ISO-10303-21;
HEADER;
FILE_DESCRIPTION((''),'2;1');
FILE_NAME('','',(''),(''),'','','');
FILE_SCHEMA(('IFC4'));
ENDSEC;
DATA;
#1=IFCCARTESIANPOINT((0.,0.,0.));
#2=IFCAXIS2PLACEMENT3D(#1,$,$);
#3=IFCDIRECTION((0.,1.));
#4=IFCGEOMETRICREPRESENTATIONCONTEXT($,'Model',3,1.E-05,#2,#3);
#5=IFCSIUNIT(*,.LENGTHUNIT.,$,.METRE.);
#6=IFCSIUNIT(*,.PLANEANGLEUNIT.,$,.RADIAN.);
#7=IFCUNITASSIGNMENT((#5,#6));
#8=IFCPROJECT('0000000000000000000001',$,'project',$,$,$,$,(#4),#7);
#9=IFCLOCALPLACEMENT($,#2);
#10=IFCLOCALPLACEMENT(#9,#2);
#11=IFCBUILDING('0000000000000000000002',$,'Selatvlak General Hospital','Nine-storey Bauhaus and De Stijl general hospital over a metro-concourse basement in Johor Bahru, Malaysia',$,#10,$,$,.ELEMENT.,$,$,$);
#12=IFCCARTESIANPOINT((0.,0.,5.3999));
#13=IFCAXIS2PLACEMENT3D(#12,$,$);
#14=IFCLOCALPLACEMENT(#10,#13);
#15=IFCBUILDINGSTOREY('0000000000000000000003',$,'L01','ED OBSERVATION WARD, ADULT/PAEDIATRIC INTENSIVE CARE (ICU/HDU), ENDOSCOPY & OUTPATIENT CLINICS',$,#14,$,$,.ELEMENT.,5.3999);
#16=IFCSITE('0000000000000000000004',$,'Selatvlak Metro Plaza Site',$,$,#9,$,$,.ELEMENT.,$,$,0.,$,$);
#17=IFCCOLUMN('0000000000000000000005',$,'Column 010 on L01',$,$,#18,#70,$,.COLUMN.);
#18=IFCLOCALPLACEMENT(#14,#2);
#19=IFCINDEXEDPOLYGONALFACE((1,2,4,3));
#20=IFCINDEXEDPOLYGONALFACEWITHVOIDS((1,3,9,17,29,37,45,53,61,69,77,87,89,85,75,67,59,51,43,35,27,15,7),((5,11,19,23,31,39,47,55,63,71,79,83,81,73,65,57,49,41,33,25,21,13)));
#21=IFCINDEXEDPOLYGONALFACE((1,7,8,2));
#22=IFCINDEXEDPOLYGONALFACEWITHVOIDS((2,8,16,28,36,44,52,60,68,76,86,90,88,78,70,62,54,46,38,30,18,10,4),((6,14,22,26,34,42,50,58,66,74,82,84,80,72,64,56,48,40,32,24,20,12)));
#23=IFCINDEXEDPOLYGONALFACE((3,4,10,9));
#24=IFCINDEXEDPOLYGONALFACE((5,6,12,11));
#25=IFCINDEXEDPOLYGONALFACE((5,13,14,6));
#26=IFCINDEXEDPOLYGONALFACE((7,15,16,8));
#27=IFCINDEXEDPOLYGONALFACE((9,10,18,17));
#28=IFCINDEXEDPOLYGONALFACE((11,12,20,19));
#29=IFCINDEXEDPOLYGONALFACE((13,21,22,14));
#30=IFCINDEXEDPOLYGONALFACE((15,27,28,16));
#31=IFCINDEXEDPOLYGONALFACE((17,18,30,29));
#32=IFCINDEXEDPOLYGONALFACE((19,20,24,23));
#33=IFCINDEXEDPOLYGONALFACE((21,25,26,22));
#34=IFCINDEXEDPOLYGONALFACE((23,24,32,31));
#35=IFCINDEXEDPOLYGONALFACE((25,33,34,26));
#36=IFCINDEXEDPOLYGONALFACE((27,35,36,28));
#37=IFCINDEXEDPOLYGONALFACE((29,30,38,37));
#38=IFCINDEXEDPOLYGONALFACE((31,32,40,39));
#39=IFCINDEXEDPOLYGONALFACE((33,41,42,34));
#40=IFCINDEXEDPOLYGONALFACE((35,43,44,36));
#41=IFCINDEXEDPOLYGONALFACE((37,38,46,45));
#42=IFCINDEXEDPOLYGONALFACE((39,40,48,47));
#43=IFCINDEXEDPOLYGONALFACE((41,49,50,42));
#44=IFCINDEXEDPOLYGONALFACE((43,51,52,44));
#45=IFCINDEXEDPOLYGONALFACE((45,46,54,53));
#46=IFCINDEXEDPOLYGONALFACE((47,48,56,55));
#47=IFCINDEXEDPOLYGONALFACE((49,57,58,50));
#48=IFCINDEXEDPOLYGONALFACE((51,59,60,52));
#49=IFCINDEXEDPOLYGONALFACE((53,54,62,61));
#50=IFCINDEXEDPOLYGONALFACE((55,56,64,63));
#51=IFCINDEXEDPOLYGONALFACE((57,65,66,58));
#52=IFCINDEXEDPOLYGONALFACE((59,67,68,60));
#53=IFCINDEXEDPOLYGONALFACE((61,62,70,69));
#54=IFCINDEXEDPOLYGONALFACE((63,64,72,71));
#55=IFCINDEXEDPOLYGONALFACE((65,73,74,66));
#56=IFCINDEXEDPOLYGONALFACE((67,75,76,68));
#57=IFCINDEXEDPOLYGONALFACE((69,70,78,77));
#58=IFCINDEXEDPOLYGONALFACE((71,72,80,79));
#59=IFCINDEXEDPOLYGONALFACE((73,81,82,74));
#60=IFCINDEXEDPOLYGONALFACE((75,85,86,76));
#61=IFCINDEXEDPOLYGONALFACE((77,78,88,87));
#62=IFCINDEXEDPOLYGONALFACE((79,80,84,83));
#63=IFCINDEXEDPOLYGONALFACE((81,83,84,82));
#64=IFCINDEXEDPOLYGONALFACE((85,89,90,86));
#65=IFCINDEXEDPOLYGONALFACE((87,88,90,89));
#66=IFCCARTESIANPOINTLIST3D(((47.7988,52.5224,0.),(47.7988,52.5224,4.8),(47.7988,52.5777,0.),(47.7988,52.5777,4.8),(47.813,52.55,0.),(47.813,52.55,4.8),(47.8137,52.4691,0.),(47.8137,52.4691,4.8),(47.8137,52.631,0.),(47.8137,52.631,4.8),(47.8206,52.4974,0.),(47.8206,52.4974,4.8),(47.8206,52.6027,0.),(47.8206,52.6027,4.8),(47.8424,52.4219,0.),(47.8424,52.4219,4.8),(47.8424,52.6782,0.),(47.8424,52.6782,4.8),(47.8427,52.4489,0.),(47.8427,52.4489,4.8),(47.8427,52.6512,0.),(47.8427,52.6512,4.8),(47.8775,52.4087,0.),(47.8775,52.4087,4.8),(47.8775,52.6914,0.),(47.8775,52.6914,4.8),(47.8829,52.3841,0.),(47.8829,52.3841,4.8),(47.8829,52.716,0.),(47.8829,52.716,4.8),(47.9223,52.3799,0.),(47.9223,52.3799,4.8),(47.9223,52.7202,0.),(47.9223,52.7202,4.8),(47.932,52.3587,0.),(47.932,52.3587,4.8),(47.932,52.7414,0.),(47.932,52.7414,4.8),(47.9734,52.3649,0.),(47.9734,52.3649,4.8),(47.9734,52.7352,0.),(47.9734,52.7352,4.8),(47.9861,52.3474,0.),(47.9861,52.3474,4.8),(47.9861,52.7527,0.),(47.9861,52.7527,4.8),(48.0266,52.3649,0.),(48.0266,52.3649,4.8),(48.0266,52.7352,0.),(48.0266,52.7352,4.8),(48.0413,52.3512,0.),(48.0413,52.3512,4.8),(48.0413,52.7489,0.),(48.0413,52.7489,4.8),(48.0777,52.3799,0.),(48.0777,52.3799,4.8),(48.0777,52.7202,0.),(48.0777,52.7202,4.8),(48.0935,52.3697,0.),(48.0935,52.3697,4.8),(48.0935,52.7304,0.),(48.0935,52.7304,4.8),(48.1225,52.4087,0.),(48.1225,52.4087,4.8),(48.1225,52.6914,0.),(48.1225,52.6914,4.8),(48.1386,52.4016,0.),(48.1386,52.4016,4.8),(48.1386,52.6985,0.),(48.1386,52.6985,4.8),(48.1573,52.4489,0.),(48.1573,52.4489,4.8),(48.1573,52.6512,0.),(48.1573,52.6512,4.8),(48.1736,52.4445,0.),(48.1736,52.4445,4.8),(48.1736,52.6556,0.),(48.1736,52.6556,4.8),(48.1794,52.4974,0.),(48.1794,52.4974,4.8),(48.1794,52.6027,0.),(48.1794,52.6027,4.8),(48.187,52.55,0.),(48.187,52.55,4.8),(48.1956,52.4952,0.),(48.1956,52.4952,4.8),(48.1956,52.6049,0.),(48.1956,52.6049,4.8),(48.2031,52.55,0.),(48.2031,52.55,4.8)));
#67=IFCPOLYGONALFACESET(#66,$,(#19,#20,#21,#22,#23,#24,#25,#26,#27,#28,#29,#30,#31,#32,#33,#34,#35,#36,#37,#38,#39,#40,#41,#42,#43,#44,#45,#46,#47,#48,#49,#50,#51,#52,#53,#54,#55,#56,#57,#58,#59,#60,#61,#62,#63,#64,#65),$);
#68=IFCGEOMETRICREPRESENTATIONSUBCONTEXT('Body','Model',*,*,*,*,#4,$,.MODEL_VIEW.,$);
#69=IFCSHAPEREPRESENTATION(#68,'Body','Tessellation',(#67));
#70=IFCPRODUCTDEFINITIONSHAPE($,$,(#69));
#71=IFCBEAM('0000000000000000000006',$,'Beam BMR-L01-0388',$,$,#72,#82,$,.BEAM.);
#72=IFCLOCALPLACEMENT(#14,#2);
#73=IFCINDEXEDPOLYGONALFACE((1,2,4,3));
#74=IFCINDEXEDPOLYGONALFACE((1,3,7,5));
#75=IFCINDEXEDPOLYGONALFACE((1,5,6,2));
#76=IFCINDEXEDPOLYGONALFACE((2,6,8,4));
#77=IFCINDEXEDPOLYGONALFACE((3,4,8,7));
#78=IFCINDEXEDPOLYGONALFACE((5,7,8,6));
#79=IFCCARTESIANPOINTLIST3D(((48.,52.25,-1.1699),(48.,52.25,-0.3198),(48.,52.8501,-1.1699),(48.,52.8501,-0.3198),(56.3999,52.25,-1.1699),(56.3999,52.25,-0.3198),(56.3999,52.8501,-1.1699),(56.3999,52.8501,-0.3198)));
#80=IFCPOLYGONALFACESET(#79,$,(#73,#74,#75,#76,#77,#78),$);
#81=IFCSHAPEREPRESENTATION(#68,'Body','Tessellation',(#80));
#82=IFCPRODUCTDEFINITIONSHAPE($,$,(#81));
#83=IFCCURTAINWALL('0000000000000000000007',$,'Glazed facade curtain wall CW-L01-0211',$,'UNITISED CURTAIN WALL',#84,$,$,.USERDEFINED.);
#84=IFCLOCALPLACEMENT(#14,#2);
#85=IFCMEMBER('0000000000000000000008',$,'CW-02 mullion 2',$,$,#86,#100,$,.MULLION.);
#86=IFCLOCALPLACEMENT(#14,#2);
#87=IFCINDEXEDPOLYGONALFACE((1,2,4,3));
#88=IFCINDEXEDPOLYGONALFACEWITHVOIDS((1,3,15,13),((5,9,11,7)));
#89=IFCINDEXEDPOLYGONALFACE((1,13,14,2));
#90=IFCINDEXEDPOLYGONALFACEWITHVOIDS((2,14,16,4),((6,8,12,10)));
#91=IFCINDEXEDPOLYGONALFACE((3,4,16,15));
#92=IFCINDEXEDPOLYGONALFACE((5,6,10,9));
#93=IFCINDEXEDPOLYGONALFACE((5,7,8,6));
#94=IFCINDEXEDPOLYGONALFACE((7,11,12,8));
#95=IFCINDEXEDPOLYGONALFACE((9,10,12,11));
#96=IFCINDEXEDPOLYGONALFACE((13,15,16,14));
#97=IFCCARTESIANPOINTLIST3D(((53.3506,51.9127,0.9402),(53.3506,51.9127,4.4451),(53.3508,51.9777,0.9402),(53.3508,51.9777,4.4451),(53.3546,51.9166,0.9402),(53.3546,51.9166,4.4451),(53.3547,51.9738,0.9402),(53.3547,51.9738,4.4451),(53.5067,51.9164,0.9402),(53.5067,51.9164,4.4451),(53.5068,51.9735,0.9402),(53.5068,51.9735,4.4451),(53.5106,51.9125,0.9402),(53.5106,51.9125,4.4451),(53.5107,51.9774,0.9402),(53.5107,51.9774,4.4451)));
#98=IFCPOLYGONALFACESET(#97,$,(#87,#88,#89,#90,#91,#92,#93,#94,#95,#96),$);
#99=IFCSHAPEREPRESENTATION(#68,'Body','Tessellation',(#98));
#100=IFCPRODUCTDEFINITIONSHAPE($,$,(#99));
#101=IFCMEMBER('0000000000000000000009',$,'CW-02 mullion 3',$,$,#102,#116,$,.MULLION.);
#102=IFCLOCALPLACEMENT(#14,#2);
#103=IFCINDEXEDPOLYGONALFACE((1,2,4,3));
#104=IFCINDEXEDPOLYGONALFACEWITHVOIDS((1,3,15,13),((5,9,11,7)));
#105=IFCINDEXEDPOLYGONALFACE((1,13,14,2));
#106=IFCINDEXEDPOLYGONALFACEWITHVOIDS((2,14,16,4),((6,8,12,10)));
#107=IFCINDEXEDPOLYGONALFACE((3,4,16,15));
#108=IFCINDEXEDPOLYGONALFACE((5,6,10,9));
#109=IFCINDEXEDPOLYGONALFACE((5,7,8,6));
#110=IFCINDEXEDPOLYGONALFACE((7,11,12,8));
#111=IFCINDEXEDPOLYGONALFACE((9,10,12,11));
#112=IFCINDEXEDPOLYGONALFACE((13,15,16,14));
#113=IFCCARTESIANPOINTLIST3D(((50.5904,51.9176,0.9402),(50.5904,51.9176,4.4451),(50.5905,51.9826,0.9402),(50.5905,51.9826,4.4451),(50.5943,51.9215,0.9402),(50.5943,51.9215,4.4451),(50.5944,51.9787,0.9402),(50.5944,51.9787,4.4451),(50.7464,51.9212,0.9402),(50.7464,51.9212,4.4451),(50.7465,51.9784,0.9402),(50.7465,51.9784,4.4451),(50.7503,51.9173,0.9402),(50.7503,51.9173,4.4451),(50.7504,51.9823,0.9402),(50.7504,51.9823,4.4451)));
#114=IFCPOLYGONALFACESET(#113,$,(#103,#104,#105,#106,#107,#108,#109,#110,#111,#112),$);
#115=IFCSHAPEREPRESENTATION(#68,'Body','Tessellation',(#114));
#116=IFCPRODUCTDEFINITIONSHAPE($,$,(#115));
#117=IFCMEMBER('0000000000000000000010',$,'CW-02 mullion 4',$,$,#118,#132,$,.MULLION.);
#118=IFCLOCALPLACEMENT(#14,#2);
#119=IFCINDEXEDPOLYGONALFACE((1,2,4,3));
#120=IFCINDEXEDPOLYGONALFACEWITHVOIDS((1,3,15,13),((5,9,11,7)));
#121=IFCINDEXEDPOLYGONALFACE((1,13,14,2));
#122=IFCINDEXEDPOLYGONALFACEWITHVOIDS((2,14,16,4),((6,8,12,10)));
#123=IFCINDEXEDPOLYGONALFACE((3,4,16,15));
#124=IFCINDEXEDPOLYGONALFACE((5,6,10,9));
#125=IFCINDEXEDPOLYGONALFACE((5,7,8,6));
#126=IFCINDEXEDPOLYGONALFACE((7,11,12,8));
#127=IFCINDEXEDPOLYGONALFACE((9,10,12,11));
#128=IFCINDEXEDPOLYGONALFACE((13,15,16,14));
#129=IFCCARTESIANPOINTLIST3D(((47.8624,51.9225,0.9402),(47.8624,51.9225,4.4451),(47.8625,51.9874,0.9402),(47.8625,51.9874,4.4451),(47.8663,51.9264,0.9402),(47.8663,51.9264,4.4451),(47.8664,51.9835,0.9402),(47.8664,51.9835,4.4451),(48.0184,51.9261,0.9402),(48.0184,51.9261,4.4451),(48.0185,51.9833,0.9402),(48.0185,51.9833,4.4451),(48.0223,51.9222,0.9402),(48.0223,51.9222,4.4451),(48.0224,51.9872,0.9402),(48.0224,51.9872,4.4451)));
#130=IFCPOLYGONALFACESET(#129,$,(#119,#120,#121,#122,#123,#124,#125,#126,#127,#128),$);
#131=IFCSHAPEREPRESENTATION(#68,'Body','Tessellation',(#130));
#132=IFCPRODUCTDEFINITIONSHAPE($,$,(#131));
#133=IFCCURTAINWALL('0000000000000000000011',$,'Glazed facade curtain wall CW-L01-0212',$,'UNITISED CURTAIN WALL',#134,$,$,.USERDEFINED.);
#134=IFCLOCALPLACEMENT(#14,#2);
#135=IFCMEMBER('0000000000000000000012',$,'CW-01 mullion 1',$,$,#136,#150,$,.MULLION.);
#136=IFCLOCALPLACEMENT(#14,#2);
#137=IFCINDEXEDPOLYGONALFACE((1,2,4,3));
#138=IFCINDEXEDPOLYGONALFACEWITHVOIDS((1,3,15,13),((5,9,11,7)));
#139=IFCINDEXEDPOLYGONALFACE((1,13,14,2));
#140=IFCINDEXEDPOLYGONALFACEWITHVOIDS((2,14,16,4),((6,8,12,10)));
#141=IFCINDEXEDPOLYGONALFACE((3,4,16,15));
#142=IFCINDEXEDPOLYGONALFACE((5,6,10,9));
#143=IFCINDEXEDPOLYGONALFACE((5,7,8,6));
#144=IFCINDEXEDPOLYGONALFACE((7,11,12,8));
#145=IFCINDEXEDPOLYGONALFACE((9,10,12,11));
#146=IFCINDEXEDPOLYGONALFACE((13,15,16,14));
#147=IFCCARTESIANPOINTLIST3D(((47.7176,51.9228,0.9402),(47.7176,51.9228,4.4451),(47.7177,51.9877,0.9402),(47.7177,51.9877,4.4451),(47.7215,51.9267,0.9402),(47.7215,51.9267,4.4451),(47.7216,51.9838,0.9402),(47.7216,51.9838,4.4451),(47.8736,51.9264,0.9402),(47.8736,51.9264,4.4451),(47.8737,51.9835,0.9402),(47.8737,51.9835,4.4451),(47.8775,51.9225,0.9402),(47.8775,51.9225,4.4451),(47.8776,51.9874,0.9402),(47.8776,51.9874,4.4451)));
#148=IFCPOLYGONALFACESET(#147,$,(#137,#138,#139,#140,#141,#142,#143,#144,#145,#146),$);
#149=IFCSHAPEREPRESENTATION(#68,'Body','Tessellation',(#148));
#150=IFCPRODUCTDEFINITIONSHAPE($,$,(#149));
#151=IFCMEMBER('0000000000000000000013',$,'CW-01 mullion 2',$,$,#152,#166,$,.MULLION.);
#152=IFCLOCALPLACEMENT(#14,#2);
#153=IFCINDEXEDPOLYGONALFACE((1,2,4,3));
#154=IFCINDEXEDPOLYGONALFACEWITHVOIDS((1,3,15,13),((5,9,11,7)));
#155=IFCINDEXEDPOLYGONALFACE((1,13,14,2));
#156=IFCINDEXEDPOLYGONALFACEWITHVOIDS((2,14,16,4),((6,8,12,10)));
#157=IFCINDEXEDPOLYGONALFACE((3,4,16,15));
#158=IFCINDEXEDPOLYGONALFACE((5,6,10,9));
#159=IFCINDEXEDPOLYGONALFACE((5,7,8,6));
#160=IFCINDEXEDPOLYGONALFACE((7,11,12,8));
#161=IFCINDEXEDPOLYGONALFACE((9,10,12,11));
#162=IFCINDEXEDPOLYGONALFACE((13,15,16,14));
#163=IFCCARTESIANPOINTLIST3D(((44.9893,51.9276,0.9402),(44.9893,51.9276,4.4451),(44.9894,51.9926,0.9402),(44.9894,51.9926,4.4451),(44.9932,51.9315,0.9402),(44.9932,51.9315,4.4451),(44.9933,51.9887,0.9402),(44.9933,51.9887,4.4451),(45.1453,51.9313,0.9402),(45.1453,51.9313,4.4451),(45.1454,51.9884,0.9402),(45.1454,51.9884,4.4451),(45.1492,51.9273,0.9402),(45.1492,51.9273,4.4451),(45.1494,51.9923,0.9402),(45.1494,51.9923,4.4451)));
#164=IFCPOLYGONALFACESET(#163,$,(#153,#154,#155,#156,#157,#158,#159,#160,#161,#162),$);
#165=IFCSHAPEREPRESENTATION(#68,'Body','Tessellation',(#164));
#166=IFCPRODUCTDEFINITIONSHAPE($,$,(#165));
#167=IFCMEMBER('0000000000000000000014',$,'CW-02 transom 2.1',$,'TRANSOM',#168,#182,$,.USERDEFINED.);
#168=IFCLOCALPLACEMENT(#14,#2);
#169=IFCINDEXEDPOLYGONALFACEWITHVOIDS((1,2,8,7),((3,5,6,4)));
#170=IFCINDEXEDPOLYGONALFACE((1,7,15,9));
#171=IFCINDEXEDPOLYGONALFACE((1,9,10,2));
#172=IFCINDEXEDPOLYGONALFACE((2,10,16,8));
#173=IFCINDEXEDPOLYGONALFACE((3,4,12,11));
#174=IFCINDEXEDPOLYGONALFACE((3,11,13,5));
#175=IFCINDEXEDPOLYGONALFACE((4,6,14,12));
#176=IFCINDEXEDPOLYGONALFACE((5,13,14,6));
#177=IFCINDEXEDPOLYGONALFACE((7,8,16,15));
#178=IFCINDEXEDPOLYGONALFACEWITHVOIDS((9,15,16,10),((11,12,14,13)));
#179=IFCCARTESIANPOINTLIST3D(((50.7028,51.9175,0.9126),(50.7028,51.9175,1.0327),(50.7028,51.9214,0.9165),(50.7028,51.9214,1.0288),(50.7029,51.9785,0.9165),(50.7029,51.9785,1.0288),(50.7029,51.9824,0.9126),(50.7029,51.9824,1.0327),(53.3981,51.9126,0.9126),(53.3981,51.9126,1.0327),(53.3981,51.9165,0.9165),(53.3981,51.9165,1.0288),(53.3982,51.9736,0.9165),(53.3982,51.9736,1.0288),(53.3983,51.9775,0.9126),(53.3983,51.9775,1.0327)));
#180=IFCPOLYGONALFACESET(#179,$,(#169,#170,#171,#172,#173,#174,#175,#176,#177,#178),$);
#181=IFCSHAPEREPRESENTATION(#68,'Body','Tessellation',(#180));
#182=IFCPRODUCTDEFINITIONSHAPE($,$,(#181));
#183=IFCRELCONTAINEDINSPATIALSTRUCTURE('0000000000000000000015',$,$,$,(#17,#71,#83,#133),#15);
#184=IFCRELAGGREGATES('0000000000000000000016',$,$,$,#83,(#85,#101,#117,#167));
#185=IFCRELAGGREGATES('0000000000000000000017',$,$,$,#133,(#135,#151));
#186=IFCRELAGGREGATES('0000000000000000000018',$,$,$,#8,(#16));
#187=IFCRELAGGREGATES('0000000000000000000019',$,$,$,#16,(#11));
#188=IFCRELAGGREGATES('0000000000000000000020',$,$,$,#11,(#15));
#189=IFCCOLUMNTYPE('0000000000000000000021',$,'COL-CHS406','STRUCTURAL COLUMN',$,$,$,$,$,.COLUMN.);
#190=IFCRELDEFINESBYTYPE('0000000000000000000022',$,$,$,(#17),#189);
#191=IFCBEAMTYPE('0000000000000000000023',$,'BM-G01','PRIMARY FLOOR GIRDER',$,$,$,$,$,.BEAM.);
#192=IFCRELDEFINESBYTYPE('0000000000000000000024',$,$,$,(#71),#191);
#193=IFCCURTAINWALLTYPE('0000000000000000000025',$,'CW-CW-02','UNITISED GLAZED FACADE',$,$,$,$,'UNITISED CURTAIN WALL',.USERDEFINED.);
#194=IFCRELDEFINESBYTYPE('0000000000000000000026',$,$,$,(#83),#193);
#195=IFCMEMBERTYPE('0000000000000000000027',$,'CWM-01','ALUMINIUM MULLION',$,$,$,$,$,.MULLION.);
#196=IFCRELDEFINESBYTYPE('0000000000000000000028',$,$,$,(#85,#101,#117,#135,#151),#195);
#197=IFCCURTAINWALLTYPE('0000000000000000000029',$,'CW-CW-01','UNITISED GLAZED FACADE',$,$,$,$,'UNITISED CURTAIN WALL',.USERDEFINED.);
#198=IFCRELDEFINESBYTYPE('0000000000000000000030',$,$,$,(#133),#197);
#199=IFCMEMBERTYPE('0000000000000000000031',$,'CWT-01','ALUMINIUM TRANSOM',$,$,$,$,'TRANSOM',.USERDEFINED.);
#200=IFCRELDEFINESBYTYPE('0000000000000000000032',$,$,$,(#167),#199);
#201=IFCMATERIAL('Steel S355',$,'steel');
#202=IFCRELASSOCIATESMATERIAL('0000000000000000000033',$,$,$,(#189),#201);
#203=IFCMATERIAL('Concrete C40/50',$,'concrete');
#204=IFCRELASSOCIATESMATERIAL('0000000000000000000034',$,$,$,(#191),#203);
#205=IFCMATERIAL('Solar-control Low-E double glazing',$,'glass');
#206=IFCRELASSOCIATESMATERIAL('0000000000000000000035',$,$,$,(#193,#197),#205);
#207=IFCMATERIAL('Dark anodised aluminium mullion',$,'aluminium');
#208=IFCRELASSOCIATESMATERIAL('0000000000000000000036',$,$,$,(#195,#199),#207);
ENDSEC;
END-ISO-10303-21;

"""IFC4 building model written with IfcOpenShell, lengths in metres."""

from ifc_helpers import new_model, si_unit, direction, frame, origin, origin_2d, place, context, subcontext, project, spatial, rectangle, hollow_rectangle, hollow_circle, extrude, material, material_profile, profile_set, type_object, element, aggregate, save


model = new_model("IFC4")

# Units and contexts
model_context = context("Model", 3, precision=1e-05, world=origin(), true_north=direction((0.0, 1.0)))
body_context = subcontext(model_context, "Body", "Model", "MODEL_VIEW")
ifc_project = project(units=[si_unit("LENGTHUNIT", "METRE"), si_unit("PLANEANGLEUNIT", "RADIAN")], contexts=[model_context])

# Site, building, storey
site_placement = place(None, origin())
site = spatial("IfcSite", under=ifc_project, at=site_placement, Name="Selatvlak Metro Plaza Site", CompositionType="ELEMENT", RefElevation=0.0)
building_placement = place(site_placement, origin())
building = spatial("IfcBuilding", under=site, at=building_placement, Name="Selatvlak General Hospital", Description="Nine-storey Bauhaus and De Stijl general hospital over a metro-concourse basement in Johor Bahru, Malaysia", CompositionType="ELEMENT")
storey_placement = place(building_placement, frame((0.0, 0.0, 5.3999)))
storey = spatial("IfcBuildingStorey", under=building, at=storey_placement, Name="L01", Description="ED OBSERVATION WARD, ADULT/PAEDIATRIC INTENSIVE CARE (ICU/HDU), ENDOSCOPY & OUTPATIENT CLINICS", CompositionType="ELEMENT", Elevation=5.3999)

# Column
ifc_material_1 = material(Name="Steel S355", Category="steel")
ifc_material_profile_1 = material_profile(ifc_material_1, hollow_circle(Radius=0.2031, WallThickness=0.0161, at=origin_2d()), Name="CHS 406.4x16")
ifc_profile_set_1 = profile_set([ifc_material_profile_1], Name="Steel S355")
column_type = type_object("IfcColumnType", Name="COL-CHS406", Description="STRUCTURAL COLUMN", PredefinedType="COLUMN", material=ifc_profile_set_1)
column_placement = place(storey_placement, frame((48.0, 52.55, 0.0), z_axis=(0.0, 0.0, 1.0), x_axis=(1.0, 0.0, 0.0)))
element("IfcColumn", 1, at=column_placement, inside=storey, type_object=column_type, Name="Column 010 on L01", PredefinedType="COLUMN", context=body_context, shape_type="SweptSolid", body=[
    extrude(hollow_circle(Radius=0.2031, WallThickness=0.0161, at=origin_2d()), origin(), (0.0, 0.0, 1.0), 4.8),
])

# Beam
ifc_material_2 = material(Name="Concrete C40/50", Category="concrete")
ifc_material_profile_2 = material_profile(ifc_material_2, rectangle(XDim=0.6001, YDim=0.8501, at=origin_2d()), Name="RC-BM 600x850")
ifc_profile_set_2 = profile_set([ifc_material_profile_2], Name="Concrete C40/50")
beam_type = type_object("IfcBeamType", Name="BM-G01", Description="PRIMARY FLOOR GIRDER", PredefinedType="BEAM", material=ifc_profile_set_2)
beam_placement = place(storey_placement, frame((48.0, 52.55, -0.7449), z_axis=(1.0, 0.0, 0.0), x_axis=(0.0, 1.0, 0.0)))
element("IfcBeam", 2, at=beam_placement, inside=storey, type_object=beam_type, Name="Beam BMR-L01-0388", PredefinedType="BEAM", context=body_context, shape_type="SweptSolid", body=[
    extrude(rectangle(XDim=0.6001, YDim=0.8501, at=origin_2d()), origin(), (0.0, 0.0, 1.0), 8.3999),
])

# Curtain walls, members
ifc_material_3 = material(Name="Solar-control Low-E double glazing", Category="glass")
curtain_wall_type_1 = type_object("IfcCurtainWallType", Name="CW-CW-02", Description="UNITISED GLAZED FACADE", ElementType="UNITISED CURTAIN WALL", PredefinedType="USERDEFINED", material=ifc_material_3)
curtain_wall_1_placement = place(storey_placement, origin())
curtain_wall_1 = element("IfcCurtainWall", 3, at=curtain_wall_1_placement, inside=storey, type_object=curtain_wall_type_1, Name="Glazed facade curtain wall CW-L01-0211", ObjectType="UNITISED CURTAIN WALL", PredefinedType="USERDEFINED")
ifc_material_4 = material(Name="Dark anodised aluminium mullion", Category="aluminium")
ifc_material_profile_3 = material_profile(ifc_material_4, hollow_rectangle(XDim=0.0649, YDim=0.1599, WallThickness=0.0039, at=origin_2d()), Name="AL-MUL 65x160x4")
ifc_profile_set_3 = profile_set([ifc_material_profile_3], Name="Dark anodised aluminium mullion")
member_type_1 = type_object("IfcMemberType", Name="CWM-01", Description="ALUMINIUM MULLION", PredefinedType="MULLION", material=ifc_profile_set_3)
member_1_placement = place(storey_placement, frame((53.4307, 51.9451, 0.9402), z_axis=(0.0, 0.0, 1.0), x_axis=(-0.001811, -0.999998, 0.0)))
member_1 = element("IfcMember", 4, at=member_1_placement, type_object=member_type_1, Name="CW-02 mullion 2", PredefinedType="MULLION", context=body_context, shape_type="SweptSolid", body=[
    extrude(hollow_rectangle(XDim=0.0649, YDim=0.1599, WallThickness=0.0039, at=origin_2d()), origin(), (0.0, 0.0, 1.0), 3.5049),
])
member_2_placement = place(storey_placement, frame((50.6704, 51.95, 0.9402), z_axis=(0.0, 0.0, 1.0), x_axis=(-0.001811, -0.999998, 0.0)))
member_2 = element("IfcMember", 5, at=member_2_placement, type_object=member_type_1, Name="CW-02 mullion 3", PredefinedType="MULLION", context=body_context, shape_type="SweptSolid", body=[
    extrude(hollow_rectangle(XDim=0.0649, YDim=0.1599, WallThickness=0.0039, at=origin_2d()), origin(), (0.0, 0.0, 1.0), 3.5049),
])
member_3_placement = place(storey_placement, frame((47.9424, 51.9548, 0.9402), z_axis=(0.0, 0.0, 1.0), x_axis=(-0.001811, -0.999998, 0.0)))
member_3 = element("IfcMember", 6, at=member_3_placement, type_object=member_type_1, Name="CW-02 mullion 4", PredefinedType="MULLION", context=body_context, shape_type="SweptSolid", body=[
    extrude(hollow_rectangle(XDim=0.0649, YDim=0.1599, WallThickness=0.0039, at=origin_2d()), origin(), (0.0, 0.0, 1.0), 3.5049),
])
curtain_wall_type_2 = type_object("IfcCurtainWallType", Name="CW-CW-01", Description="UNITISED GLAZED FACADE", ElementType="UNITISED CURTAIN WALL", PredefinedType="USERDEFINED", material=ifc_material_3)
curtain_wall_2_placement = place(storey_placement, origin())
curtain_wall_2 = element("IfcCurtainWall", 7, at=curtain_wall_2_placement, inside=storey, type_object=curtain_wall_type_2, Name="Glazed facade curtain wall CW-L01-0212", ObjectType="UNITISED CURTAIN WALL", PredefinedType="USERDEFINED")
member_4_placement = place(storey_placement, frame((47.7976, 51.9551, 0.9402), z_axis=(0.0, 0.0, 1.0), x_axis=(-0.001811, -0.999998, 0.0)))
member_4 = element("IfcMember", 8, at=member_4_placement, type_object=member_type_1, Name="CW-01 mullion 1", PredefinedType="MULLION", context=body_context, shape_type="SweptSolid", body=[
    extrude(hollow_rectangle(XDim=0.0649, YDim=0.1599, WallThickness=0.0039, at=origin_2d()), origin(), (0.0, 0.0, 1.0), 3.5049),
])
member_5_placement = place(storey_placement, frame((45.0693, 51.96, 0.9402), z_axis=(0.0, 0.0, 1.0), x_axis=(-0.001811, -0.999998, 0.0)))
member_5 = element("IfcMember", 9, at=member_5_placement, type_object=member_type_1, Name="CW-01 mullion 2", PredefinedType="MULLION", context=body_context, shape_type="SweptSolid", body=[
    extrude(hollow_rectangle(XDim=0.0649, YDim=0.1599, WallThickness=0.0039, at=origin_2d()), origin(), (0.0, 0.0, 1.0), 3.5049),
])

# Member
ifc_material_profile_4 = material_profile(ifc_material_4, hollow_rectangle(XDim=0.0649, YDim=0.1201, WallThickness=0.0039, at=origin_2d()), Name="AL-TRN 65x120x4")
ifc_profile_set_4 = profile_set([ifc_material_profile_4], Name="Dark anodised aluminium mullion")
member_type_2 = type_object("IfcMemberType", Name="CWT-01", Description="ALUMINIUM TRANSOM", ElementType="TRANSOM", PredefinedType="USERDEFINED", material=ifc_profile_set_4)
member_6_placement = place(storey_placement, frame((53.3982, 51.9451, 0.9727), z_axis=(-0.999998, 0.001812, 0.0), x_axis=(-0.001812, -0.999998, 0.0)))
member_6 = element("IfcMember", 10, at=member_6_placement, type_object=member_type_2, Name="CW-02 transom 2.1", ObjectType="TRANSOM", PredefinedType="USERDEFINED", context=body_context, shape_type="SweptSolid", body=[
    extrude(hollow_rectangle(XDim=0.0649, YDim=0.1201, WallThickness=0.0039, at=origin_2d()), origin(), (0.0, 0.0, 1.0), 2.6953),
])

aggregate(curtain_wall_1, [member_1, member_2, member_3, member_6])
aggregate(curtain_wall_2, [member_4, member_5])

save(model, "model.ifc")
